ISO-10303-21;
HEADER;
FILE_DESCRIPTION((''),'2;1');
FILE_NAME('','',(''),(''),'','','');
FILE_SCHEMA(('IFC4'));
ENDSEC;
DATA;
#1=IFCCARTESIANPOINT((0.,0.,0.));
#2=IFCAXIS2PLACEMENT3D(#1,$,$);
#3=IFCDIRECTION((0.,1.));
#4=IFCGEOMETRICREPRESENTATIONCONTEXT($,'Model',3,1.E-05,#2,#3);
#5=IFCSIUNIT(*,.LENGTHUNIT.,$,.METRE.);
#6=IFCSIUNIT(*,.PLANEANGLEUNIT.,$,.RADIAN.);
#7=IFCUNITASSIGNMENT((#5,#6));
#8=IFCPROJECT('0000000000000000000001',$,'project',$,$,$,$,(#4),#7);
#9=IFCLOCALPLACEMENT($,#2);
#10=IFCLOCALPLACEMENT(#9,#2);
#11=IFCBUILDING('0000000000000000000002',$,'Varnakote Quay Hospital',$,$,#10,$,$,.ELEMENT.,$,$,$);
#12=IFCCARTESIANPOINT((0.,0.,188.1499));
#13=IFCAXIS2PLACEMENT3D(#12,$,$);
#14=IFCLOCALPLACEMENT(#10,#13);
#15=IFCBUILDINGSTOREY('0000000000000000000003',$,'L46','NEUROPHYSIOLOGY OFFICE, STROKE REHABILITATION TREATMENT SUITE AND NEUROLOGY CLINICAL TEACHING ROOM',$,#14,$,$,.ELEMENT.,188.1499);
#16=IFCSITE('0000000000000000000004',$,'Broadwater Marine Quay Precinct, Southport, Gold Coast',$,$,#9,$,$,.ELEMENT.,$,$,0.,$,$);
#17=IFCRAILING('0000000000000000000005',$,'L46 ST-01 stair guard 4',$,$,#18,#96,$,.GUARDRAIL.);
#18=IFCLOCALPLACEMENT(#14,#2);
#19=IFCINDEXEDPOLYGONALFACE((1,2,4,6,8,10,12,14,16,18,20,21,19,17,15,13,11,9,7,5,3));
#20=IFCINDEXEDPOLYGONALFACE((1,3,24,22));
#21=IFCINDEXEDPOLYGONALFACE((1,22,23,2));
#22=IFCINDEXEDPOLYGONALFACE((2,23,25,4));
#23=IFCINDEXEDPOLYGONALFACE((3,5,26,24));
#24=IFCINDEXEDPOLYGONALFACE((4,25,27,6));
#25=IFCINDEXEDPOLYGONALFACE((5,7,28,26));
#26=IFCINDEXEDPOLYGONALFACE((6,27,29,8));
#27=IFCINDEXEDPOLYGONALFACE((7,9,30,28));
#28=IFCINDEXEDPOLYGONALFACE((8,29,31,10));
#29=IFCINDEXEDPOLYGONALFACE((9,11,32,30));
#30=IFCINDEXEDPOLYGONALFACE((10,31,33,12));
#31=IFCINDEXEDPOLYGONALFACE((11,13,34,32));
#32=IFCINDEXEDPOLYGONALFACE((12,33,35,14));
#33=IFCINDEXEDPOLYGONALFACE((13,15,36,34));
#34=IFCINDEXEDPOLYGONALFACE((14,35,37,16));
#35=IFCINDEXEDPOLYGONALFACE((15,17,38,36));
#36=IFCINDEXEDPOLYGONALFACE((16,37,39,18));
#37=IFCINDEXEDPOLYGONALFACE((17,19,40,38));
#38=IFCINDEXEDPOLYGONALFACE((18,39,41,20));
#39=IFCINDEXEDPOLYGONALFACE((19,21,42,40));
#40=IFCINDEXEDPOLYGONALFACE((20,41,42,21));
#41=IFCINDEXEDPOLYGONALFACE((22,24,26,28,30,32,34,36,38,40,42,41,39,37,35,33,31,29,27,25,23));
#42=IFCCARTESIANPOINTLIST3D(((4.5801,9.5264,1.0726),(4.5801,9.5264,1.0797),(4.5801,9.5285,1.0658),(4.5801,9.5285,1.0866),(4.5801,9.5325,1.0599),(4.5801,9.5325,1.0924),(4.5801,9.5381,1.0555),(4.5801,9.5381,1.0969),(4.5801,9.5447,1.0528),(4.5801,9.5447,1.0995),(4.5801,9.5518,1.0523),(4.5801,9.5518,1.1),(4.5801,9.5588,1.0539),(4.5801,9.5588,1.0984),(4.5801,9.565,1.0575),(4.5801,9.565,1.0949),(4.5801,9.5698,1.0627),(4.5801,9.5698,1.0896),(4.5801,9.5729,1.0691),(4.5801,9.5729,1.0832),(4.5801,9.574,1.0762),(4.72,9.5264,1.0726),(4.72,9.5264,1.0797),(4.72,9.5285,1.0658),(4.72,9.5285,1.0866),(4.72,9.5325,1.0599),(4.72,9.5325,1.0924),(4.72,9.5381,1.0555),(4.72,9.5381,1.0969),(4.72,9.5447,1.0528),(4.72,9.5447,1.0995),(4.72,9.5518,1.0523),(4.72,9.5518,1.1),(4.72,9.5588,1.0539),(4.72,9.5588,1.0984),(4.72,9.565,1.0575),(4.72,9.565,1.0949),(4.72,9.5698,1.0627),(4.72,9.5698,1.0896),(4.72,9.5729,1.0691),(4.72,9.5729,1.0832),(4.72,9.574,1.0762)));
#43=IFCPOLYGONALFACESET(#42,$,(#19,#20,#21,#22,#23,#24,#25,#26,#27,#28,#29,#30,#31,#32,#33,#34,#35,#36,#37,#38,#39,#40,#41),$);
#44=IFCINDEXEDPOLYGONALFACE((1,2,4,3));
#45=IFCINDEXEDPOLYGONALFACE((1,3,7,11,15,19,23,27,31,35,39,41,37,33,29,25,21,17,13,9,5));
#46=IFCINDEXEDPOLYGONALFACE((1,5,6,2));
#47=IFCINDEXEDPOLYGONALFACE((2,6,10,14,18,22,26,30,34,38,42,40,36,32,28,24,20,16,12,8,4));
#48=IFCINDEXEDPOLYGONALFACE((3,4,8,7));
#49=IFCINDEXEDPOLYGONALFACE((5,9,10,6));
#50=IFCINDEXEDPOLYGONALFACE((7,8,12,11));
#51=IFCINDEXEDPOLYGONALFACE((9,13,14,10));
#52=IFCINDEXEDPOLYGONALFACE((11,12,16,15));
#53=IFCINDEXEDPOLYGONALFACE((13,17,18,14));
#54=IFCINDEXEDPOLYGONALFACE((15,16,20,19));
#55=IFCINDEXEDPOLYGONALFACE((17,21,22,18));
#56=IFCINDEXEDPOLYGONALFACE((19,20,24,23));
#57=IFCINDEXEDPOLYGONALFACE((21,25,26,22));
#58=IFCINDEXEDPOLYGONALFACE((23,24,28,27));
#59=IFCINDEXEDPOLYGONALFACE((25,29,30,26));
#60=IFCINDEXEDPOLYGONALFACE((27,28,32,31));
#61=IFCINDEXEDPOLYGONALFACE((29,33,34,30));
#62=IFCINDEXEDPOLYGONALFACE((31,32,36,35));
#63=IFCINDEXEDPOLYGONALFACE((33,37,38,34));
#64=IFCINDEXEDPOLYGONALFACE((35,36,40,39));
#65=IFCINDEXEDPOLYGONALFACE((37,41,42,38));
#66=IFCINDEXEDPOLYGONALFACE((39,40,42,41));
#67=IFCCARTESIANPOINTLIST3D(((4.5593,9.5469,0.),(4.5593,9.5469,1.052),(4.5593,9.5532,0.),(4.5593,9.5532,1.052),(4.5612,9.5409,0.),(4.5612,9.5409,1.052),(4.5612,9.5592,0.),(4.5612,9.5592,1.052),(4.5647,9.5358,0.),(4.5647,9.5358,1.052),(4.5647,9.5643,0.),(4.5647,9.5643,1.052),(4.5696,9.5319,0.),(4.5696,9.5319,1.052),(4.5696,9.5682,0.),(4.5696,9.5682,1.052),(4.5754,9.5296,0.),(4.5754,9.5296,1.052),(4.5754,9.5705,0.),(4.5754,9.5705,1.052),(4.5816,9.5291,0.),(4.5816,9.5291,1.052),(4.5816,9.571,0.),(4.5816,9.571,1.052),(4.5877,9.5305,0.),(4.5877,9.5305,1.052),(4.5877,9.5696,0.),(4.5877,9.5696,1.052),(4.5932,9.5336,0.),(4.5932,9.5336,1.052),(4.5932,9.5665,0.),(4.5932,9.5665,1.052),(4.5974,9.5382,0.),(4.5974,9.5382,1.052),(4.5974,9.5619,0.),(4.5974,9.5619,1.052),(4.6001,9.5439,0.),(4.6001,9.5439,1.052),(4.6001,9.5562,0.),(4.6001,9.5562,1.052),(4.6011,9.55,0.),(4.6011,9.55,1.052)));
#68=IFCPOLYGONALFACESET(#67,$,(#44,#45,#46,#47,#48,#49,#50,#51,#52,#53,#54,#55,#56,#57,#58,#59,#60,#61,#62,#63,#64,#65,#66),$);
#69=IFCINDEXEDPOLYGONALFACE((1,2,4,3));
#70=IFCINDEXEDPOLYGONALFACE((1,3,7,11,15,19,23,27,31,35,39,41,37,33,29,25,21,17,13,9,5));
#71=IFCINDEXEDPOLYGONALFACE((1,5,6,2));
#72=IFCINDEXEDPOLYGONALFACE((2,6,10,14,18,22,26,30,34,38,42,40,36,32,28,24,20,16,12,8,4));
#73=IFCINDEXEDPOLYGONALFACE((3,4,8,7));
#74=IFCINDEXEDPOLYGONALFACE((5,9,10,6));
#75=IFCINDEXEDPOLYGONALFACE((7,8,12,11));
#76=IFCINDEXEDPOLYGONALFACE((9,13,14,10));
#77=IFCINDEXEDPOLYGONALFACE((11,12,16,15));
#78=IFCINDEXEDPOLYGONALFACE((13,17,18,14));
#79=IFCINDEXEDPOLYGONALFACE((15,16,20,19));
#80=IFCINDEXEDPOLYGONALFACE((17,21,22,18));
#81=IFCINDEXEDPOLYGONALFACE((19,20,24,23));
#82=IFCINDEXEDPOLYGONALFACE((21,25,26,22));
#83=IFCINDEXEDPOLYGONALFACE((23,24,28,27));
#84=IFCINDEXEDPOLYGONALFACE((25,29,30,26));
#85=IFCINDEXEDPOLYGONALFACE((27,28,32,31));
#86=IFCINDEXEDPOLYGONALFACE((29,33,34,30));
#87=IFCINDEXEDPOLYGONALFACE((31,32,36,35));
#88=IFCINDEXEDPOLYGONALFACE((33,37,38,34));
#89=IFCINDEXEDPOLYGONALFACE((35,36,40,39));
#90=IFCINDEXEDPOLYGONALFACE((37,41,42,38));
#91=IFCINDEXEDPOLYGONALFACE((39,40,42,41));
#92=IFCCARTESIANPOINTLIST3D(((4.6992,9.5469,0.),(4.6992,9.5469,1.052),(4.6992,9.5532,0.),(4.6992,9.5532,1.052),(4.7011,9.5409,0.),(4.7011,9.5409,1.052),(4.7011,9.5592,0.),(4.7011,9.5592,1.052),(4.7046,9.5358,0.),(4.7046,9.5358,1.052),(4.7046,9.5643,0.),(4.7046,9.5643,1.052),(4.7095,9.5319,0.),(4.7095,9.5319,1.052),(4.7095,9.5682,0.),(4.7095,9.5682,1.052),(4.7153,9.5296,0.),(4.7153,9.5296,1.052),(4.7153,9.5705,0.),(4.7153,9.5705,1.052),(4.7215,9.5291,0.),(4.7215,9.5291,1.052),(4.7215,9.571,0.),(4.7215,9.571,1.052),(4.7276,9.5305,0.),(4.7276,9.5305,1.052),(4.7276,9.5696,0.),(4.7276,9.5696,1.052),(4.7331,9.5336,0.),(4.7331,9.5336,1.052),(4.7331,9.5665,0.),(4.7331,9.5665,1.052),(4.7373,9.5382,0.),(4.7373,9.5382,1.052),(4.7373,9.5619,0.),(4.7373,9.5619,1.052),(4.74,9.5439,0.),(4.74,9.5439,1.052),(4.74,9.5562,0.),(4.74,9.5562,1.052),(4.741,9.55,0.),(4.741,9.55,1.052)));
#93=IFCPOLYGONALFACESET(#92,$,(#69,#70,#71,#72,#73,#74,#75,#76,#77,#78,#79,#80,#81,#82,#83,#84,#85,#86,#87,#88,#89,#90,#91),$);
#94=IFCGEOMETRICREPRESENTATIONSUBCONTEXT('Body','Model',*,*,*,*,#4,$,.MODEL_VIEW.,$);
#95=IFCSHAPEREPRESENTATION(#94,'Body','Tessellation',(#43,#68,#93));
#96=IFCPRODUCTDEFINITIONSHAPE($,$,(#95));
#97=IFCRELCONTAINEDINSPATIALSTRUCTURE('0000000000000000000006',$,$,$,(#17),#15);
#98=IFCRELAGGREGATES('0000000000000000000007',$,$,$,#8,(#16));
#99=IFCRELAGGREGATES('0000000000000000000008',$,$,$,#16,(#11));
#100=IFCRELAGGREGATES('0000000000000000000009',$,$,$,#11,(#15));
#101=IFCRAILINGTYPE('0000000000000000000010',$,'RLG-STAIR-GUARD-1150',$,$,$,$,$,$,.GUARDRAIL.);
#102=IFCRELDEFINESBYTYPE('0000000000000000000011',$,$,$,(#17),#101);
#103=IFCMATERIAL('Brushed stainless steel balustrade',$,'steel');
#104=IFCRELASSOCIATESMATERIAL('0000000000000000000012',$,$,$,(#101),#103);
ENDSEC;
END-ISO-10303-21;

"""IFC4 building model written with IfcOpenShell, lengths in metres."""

from ifc_helpers import new_model, si_unit, direction, frame, origin, origin_2d, place, context, subcontext, project, spatial, circle, extrude, material, type_object, element, save


model = new_model("IFC4")

# Units and contexts
model_context = context("Model", 3, precision=1e-05, world=origin(), true_north=direction((0.0, 1.0)))
body_context = subcontext(model_context, "Body", "Model", "MODEL_VIEW")
ifc_project = project(units=[si_unit("LENGTHUNIT", "METRE"), si_unit("PLANEANGLEUNIT", "RADIAN")], contexts=[model_context])

# Site, building, storey
site_placement = place(None, origin())
site = spatial("IfcSite", under=ifc_project, at=site_placement, Name="Broadwater Marine Quay Precinct, Southport, Gold Coast", CompositionType="ELEMENT", RefElevation=0.0)
building_placement = place(site_placement, origin())
building = spatial("IfcBuilding", under=site, at=building_placement, Name="Varnakote Quay Hospital", CompositionType="ELEMENT")
storey_placement = place(building_placement, frame((0.0, 0.0, 188.1499)))
storey = spatial("IfcBuildingStorey", under=building, at=storey_placement, Name="L46", Description="NEUROPHYSIOLOGY OFFICE, STROKE REHABILITATION TREATMENT SUITE AND NEUROLOGY CLINICAL TEACHING ROOM", CompositionType="ELEMENT", Elevation=188.1499)

# Railing
ifc_material_1 = material(Name="Brushed stainless steel balustrade", Category="steel")
railing_type_1 = type_object("IfcRailingType", Name="RLG-STAIR-GUARD-1150", PredefinedType="GUARDRAIL", material=ifc_material_1)
railing_1_placement = place(storey_placement, frame((4.5801, 9.55, 0.0)))
element("IfcRailing", 1, at=railing_1_placement, inside=storey, type_object=railing_type_1, Name="L46 ST-01 stair guard 4", PredefinedType="GUARDRAIL", context=body_context, shape_type="SweptSolid", body=[
    extrude(circle(Radius=0.0239, at=origin_2d()), frame((0.0, 0.0, 1.0762), z_axis=(1.0, 0.0, 0.0), x_axis=(0.0, 1.0, 0.0)), (0.0, 0.0, 1.0), 0.1399),
    extrude(circle(Radius=0.021, at=origin_2d()), origin(), (0.0, 0.0, 1.0), 1.052),
    extrude(circle(Radius=0.021, at=origin_2d()), frame((0.1399, 0.0, 0.0)), (0.0, 0.0, 1.0), 1.052),
])

save(model, "model.ifc")
